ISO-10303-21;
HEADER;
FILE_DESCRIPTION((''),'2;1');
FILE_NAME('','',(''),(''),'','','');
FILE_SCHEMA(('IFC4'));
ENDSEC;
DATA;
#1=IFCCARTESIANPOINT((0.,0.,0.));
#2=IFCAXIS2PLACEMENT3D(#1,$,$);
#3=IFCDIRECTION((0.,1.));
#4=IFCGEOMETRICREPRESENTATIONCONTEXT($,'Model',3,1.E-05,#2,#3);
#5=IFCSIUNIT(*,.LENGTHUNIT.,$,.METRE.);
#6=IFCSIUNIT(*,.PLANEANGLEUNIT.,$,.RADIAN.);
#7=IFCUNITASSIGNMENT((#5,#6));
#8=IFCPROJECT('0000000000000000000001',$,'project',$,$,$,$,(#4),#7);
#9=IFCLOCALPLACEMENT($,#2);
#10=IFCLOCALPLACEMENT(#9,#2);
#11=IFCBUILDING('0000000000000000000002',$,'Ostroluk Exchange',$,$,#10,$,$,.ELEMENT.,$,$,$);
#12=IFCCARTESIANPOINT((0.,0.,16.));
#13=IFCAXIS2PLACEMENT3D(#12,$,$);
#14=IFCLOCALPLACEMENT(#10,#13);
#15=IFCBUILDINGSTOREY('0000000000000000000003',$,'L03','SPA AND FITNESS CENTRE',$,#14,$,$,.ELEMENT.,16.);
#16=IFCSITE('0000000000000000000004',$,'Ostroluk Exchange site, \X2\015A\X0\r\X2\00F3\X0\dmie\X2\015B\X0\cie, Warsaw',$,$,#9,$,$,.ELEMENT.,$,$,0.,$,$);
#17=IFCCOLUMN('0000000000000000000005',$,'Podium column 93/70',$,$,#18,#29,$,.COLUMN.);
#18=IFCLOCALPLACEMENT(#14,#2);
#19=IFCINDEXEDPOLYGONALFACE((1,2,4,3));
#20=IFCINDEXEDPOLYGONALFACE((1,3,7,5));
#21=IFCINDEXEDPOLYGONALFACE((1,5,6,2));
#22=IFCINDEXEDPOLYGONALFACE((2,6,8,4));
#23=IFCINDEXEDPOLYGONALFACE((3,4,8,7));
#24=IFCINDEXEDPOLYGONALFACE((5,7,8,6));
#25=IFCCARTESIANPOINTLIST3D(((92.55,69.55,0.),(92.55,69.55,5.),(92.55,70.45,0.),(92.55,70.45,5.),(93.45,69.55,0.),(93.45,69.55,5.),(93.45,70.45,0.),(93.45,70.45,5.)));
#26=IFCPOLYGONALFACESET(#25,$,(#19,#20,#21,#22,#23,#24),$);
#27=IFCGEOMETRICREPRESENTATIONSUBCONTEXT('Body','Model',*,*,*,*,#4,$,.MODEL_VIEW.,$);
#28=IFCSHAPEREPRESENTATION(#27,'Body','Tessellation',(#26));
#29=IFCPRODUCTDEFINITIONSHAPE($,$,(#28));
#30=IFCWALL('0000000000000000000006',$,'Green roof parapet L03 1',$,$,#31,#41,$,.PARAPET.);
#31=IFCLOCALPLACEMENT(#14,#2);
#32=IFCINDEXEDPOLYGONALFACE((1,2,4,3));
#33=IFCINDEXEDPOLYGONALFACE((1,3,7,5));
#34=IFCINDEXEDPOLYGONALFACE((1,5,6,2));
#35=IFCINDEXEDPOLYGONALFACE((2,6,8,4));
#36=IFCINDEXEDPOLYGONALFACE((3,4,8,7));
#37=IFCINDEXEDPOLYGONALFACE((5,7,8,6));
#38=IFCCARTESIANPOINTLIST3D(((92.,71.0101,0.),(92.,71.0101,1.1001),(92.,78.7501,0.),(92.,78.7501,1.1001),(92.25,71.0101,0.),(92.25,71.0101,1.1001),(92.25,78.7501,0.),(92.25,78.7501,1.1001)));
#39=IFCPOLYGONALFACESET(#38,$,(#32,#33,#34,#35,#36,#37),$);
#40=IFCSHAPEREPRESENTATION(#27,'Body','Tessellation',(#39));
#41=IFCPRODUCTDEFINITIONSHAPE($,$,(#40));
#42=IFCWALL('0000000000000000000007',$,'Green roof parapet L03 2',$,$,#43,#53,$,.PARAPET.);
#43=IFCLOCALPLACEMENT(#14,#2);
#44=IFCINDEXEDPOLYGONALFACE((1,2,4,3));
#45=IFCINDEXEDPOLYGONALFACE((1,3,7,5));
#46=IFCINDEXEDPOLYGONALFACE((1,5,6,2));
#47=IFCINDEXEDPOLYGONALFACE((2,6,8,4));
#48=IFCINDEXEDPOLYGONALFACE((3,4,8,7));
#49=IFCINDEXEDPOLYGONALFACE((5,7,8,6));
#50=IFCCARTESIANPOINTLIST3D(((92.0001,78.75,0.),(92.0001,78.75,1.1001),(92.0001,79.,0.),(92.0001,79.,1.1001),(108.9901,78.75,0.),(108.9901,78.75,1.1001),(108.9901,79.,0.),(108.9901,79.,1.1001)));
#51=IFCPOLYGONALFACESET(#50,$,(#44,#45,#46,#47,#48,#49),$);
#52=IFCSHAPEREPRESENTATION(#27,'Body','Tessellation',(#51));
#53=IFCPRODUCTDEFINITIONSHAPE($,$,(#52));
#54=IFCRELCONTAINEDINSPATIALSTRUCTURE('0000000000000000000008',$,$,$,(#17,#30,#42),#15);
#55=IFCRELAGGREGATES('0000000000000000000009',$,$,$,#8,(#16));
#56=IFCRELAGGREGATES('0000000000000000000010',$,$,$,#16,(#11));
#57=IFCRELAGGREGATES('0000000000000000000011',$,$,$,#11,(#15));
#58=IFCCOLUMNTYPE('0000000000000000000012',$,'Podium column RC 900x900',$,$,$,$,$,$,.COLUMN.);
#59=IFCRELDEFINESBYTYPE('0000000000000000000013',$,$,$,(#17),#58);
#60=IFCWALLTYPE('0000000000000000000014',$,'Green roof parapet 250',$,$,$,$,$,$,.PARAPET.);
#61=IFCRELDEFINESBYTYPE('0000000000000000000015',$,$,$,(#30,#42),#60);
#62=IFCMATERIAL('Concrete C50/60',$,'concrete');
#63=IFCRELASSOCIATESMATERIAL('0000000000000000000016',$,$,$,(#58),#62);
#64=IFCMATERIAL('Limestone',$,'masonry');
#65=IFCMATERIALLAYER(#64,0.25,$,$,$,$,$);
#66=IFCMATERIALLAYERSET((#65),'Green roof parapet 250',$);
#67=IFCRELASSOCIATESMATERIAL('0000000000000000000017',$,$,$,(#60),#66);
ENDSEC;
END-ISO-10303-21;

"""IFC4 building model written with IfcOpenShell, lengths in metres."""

from ifc_helpers import new_model, si_unit, direction, frame, frame_2d, origin, origin_2d, place, context, subcontext, project, spatial, rectangle, extrude, material, layer, layer_set, material_profile, profile_set, type_object, element, save


model = new_model("IFC4")

# Units and contexts
model_context = context("Model", 3, precision=1e-05, world=origin(), true_north=direction((0.0, 1.0)))
body_context = subcontext(model_context, "Body", "Model", "MODEL_VIEW")
ifc_project = project(units=[si_unit("LENGTHUNIT", "METRE"), si_unit("PLANEANGLEUNIT", "RADIAN")], contexts=[model_context])

# Site, building, storey
site_placement = place(None, origin())
site = spatial("IfcSite", under=ifc_project, at=site_placement, Name="Ostroluk Exchange site, Śródmieście, Warsaw", CompositionType="ELEMENT", RefElevation=0.0)
building_placement = place(site_placement, origin())
building = spatial("IfcBuilding", under=site, at=building_placement, Name="Ostroluk Exchange", CompositionType="ELEMENT")
storey_placement = place(building_placement, frame((0.0, 0.0, 16.0)))
storey = spatial("IfcBuildingStorey", under=building, at=storey_placement, Name="L03", Description="SPA AND FITNESS CENTRE", CompositionType="ELEMENT", Elevation=16.0)

# Column
ifc_material_1 = material(Name="Concrete C50/60", Category="concrete")
ifc_material_profile = material_profile(ifc_material_1, rectangle(XDim=0.8999, YDim=0.8999, at=origin_2d()), Name="RC 900x900")
ifc_profile_set = profile_set([ifc_material_profile], Name="Concrete C50/60")
column_type = type_object("IfcColumnType", Name="Podium column RC 900x900", PredefinedType="COLUMN", material=ifc_profile_set)
column_placement = place(storey_placement, frame((93.0, 70.0, 0.0), z_axis=(0.0, 0.0, 1.0), x_axis=(1.0, 0.0, 0.0)))
element("IfcColumn", 1, at=column_placement, inside=storey, type_object=column_type, Name="Podium column 93/70", PredefinedType="COLUMN", context=body_context, shape_type="SweptSolid", body=[
    extrude(rectangle(XDim=0.8999, YDim=0.8999, at=origin_2d()), origin(), (0.0, 0.0, 1.0), 5.0),
])

# Walls
ifc_material_2 = material(Name="Limestone", Category="masonry")
ifc_layer_1 = layer(ifc_material_2, 0.25)
ifc_layer_set_1 = layer_set([ifc_layer_1], Name="Green roof parapet 250")
wall_type_1 = type_object("IfcWallType", Name="Green roof parapet 250", PredefinedType="PARAPET", material=ifc_layer_set_1)
wall_1_placement = place(storey_placement, frame((92.125, 71.01, 0.0), z_axis=(0.0, 0.0, 1.0), x_axis=(0.0, 1.0, 0.0)))
element("IfcWall", 2, at=wall_1_placement, inside=storey, type_object=wall_type_1, Name="Green roof parapet L03 1", PredefinedType="PARAPET", context=body_context, shape_type="SweptSolid", body=[
    extrude(rectangle(XDim=7.74, YDim=0.25, at=frame_2d((3.8701, 0.0))), origin(), (0.0, 0.0, 1.0), 1.1001),
])
wall_2_placement = place(storey_placement, frame((92.0, 78.875, 0.0), z_axis=(0.0, 0.0, 1.0), x_axis=(1.0, 0.0, 0.0)))
element("IfcWall", 3, at=wall_2_placement, inside=storey, type_object=wall_type_1, Name="Green roof parapet L03 2", PredefinedType="PARAPET", context=body_context, shape_type="SweptSolid", body=[
    extrude(rectangle(XDim=16.99, YDim=0.25, at=frame_2d((8.4951, 0.0))), origin(), (0.0, 0.0, 1.0), 1.1001),
])

save(model, "model.ifc")
